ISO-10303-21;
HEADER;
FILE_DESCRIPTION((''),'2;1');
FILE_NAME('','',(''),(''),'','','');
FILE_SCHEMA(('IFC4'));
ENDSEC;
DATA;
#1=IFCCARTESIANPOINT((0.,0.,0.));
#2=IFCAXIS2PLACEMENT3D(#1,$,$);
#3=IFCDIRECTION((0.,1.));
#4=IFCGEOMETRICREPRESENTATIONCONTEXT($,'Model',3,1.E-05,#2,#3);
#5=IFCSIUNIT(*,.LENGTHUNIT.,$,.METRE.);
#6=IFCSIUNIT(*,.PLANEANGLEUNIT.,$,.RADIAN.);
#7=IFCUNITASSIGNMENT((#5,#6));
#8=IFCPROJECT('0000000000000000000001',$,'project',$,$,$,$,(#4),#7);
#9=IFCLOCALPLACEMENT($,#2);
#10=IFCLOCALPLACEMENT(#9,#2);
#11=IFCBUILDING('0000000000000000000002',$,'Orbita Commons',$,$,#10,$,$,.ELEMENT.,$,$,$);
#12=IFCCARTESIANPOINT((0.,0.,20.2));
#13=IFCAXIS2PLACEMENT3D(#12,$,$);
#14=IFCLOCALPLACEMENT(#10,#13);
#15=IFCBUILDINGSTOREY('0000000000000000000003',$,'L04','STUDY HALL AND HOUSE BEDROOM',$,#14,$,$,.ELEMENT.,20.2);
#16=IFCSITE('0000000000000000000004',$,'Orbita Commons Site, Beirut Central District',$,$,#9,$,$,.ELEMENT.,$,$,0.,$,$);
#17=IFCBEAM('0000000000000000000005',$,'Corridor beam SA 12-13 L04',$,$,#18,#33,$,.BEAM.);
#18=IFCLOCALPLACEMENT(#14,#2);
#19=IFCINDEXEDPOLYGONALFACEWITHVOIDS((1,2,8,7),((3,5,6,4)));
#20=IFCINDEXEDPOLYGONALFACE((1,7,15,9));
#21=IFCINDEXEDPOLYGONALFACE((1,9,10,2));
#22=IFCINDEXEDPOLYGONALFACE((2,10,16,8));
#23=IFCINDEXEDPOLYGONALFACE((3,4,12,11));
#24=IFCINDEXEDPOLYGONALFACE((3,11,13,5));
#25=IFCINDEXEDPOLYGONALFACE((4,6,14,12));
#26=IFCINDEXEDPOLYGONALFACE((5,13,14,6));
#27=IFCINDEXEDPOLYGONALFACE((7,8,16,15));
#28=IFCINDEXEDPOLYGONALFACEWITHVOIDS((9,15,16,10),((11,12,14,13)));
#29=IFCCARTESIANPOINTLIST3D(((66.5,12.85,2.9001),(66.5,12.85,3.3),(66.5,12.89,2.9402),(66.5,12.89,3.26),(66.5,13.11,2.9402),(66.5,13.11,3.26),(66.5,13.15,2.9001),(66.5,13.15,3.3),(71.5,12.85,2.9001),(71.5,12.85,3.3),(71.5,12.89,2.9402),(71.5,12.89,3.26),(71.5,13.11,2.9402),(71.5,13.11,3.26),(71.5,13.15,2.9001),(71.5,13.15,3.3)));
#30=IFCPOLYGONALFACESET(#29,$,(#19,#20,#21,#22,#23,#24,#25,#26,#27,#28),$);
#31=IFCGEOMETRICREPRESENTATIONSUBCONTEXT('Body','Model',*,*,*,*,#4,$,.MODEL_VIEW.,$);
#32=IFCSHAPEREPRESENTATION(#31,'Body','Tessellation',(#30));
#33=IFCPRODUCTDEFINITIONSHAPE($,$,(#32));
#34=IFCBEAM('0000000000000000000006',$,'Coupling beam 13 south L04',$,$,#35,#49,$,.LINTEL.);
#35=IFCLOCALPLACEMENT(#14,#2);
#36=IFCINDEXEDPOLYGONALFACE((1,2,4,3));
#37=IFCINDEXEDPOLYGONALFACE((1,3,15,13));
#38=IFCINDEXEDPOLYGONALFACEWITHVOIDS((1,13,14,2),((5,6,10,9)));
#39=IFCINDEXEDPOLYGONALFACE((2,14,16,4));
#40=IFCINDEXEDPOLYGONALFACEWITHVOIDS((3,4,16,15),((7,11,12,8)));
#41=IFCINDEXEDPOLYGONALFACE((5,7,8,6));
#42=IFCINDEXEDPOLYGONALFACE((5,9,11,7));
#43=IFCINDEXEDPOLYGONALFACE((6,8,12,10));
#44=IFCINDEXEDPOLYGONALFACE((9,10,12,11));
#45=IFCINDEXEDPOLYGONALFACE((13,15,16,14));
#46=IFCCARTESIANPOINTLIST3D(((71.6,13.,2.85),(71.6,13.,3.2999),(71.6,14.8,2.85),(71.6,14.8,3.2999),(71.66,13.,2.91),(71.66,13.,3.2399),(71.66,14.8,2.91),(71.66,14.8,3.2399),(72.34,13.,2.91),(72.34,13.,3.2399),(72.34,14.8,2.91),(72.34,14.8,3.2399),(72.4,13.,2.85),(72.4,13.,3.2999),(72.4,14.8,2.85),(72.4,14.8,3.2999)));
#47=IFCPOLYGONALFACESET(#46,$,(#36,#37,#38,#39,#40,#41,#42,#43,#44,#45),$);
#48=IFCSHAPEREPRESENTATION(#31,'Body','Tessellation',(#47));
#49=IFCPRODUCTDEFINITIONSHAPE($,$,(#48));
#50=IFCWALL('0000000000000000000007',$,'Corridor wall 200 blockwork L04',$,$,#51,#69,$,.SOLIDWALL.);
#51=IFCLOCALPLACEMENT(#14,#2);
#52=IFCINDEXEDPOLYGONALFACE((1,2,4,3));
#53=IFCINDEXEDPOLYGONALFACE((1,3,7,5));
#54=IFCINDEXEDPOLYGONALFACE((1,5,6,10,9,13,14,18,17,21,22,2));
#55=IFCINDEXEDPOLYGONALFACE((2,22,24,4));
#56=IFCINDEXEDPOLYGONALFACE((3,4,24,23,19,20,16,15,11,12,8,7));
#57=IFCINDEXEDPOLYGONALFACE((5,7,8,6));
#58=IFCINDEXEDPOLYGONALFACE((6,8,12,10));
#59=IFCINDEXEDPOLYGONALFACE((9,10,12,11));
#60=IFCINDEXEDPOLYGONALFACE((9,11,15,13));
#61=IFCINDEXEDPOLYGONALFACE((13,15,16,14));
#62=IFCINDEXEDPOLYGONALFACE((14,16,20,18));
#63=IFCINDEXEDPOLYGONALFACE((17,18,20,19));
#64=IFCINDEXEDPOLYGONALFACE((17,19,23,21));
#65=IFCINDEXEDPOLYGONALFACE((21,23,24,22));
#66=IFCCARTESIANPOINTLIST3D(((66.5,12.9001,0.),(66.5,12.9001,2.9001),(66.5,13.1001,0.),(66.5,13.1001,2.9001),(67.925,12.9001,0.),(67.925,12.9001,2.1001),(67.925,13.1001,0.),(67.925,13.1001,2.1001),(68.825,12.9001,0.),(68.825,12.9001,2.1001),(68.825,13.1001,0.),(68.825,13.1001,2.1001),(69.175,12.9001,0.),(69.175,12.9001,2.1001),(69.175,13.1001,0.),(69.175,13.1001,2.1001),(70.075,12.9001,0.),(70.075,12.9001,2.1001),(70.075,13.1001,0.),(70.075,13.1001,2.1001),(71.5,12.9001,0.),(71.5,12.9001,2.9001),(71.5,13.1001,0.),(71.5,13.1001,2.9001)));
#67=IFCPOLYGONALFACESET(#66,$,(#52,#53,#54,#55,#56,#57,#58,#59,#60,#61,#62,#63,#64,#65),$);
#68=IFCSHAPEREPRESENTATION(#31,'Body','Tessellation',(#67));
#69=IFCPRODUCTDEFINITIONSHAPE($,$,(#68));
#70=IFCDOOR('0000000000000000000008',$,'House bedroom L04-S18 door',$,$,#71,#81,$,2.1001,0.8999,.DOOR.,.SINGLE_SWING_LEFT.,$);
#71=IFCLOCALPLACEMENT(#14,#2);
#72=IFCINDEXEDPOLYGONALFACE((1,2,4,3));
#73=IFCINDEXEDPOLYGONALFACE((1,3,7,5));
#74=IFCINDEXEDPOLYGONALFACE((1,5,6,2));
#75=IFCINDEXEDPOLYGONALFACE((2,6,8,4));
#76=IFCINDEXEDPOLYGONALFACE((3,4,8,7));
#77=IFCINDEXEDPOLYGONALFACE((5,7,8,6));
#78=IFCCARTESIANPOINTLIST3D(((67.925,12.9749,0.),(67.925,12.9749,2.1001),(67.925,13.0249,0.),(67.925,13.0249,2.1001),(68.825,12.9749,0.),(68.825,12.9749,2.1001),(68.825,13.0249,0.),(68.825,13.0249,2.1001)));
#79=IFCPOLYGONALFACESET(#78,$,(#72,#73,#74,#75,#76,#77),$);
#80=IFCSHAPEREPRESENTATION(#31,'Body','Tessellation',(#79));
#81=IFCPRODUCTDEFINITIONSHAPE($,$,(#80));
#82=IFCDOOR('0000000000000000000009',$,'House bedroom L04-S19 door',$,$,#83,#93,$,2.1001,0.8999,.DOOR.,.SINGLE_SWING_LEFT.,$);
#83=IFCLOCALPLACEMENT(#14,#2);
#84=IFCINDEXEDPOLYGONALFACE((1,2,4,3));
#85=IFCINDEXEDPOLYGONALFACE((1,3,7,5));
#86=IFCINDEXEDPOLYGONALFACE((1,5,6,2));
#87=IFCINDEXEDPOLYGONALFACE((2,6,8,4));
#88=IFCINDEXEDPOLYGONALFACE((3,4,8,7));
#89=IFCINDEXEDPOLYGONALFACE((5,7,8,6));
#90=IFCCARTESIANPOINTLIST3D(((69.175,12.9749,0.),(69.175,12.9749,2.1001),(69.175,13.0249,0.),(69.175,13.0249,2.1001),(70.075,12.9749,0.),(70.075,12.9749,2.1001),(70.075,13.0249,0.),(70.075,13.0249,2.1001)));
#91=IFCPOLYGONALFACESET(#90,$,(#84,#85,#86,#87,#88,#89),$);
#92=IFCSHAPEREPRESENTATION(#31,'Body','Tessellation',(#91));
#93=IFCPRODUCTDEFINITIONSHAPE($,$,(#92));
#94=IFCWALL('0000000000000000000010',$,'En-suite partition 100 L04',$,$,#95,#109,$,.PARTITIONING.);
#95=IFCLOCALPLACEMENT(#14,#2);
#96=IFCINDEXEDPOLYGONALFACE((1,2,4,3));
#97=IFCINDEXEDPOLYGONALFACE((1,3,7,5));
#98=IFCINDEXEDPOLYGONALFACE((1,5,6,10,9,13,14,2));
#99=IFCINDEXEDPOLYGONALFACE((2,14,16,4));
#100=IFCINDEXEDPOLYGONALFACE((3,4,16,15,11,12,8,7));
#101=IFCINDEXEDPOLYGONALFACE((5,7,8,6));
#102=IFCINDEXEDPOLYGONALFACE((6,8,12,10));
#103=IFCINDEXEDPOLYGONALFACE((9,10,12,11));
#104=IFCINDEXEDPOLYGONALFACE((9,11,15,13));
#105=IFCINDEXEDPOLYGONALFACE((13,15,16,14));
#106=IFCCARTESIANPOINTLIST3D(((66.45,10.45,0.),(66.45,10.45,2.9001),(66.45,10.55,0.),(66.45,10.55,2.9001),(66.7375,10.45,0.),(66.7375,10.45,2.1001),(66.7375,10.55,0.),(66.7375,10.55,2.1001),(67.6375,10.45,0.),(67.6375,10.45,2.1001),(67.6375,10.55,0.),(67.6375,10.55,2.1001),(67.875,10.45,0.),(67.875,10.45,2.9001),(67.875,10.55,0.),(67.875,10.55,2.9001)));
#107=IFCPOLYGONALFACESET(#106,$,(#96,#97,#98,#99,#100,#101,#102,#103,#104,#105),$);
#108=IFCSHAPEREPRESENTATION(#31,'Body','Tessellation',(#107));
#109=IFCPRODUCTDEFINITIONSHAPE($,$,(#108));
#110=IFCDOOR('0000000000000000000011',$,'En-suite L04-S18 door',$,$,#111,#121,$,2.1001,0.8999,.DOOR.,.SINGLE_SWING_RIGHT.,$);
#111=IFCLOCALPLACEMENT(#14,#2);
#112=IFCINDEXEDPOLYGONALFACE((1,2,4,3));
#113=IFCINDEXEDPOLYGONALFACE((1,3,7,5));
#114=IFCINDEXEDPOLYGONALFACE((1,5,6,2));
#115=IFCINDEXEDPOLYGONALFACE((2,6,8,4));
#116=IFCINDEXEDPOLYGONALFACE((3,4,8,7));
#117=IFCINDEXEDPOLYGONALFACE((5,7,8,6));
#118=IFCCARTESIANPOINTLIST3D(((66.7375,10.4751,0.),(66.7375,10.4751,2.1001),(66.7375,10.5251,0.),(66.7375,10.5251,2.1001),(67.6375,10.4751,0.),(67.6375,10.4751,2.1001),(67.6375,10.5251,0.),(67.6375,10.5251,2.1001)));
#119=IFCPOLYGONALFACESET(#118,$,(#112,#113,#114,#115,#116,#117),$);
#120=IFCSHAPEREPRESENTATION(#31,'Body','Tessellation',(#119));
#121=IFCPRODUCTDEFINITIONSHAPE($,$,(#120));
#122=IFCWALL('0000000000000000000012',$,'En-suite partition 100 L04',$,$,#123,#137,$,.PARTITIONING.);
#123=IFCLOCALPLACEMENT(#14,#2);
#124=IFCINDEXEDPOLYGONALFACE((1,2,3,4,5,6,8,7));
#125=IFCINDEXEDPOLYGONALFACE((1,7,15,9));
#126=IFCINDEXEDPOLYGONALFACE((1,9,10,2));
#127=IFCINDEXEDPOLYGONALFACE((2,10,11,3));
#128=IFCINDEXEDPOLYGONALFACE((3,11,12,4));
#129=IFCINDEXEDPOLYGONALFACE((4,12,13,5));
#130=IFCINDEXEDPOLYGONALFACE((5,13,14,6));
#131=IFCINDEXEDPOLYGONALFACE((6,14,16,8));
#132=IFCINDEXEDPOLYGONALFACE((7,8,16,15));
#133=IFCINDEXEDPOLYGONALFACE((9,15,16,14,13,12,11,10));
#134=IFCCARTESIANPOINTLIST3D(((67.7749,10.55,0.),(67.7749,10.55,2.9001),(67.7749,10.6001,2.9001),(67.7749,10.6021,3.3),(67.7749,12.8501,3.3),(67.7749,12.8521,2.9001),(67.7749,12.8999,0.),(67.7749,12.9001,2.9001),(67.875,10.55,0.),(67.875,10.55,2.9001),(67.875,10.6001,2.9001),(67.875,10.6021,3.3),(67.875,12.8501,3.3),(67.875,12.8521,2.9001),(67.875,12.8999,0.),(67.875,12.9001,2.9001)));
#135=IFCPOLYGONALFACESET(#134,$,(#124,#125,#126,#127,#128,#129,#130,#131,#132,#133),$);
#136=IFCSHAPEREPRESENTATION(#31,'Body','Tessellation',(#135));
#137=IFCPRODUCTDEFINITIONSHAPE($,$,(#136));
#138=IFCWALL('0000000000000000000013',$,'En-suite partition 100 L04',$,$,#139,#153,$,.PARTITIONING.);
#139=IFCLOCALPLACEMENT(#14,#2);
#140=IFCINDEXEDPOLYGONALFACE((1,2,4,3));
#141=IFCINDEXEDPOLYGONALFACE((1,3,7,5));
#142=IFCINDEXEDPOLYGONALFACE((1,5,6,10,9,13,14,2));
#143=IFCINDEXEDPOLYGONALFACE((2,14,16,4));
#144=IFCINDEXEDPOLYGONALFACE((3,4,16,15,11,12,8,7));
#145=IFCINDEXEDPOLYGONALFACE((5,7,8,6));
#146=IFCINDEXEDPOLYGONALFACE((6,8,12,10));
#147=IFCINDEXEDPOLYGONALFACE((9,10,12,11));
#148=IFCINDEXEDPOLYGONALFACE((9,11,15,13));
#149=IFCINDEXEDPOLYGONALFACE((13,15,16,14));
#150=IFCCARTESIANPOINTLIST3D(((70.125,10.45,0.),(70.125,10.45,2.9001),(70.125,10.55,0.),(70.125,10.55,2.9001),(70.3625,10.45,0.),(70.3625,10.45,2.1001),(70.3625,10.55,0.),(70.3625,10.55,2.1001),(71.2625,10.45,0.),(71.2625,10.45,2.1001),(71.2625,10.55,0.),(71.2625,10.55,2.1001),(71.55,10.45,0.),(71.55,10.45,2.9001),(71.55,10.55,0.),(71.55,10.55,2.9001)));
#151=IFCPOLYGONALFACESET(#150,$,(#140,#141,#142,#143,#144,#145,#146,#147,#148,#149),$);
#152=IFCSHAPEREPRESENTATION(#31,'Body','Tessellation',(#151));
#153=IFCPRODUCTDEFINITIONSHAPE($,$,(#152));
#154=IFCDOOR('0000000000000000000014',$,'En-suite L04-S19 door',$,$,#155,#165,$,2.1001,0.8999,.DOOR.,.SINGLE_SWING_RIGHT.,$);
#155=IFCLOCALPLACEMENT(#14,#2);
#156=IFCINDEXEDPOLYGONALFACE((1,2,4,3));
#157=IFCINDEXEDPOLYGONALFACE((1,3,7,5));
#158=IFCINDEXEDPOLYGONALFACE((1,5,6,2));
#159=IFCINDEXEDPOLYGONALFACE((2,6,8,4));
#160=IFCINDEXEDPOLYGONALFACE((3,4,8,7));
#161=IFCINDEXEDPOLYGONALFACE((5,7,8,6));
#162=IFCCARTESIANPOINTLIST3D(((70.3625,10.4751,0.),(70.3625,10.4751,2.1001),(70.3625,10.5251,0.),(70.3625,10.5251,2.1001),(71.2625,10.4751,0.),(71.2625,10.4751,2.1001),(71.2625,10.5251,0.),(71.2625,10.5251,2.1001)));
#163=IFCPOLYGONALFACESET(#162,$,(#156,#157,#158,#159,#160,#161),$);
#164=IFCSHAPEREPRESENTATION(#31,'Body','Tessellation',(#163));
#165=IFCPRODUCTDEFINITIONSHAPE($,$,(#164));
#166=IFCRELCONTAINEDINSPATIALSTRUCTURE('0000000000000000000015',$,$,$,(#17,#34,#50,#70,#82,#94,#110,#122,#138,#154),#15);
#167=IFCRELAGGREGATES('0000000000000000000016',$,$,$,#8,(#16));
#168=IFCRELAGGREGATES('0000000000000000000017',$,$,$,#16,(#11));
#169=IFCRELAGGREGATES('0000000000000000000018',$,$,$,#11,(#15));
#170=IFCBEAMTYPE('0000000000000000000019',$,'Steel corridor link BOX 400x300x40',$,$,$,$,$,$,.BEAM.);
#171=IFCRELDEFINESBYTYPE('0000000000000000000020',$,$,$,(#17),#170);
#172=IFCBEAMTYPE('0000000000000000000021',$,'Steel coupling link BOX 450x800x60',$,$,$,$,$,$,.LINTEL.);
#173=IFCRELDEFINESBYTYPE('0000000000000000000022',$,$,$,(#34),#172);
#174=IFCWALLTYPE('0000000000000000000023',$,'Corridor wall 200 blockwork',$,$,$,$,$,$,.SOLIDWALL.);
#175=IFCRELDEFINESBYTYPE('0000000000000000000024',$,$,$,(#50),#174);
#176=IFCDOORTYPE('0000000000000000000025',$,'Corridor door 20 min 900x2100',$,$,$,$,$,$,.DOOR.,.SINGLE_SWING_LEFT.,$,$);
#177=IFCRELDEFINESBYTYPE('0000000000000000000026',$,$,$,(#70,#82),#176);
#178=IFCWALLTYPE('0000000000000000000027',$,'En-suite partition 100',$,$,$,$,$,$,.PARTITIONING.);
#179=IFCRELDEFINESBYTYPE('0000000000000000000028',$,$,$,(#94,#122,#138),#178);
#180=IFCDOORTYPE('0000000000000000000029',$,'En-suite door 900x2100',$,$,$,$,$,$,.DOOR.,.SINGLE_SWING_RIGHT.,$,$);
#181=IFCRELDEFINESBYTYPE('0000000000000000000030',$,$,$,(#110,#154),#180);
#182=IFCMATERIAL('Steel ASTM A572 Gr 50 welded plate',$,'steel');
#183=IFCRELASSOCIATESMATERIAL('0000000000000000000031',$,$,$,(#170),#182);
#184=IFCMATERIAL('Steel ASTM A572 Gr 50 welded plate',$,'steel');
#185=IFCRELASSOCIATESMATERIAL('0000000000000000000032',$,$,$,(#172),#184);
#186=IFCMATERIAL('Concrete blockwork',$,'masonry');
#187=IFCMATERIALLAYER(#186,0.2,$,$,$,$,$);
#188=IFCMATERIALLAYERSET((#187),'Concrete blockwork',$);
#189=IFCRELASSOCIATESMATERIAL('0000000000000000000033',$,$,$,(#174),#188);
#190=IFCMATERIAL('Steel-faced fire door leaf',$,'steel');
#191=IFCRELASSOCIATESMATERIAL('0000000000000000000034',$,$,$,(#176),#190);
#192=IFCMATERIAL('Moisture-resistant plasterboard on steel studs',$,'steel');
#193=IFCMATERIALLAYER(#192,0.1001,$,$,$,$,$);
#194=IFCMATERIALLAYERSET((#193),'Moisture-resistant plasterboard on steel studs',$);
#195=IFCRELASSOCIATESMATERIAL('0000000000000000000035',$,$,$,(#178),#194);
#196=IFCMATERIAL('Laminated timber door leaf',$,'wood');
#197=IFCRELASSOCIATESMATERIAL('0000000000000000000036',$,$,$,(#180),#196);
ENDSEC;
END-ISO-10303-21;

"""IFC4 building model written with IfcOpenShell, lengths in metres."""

from ifc_helpers import new_model, si_unit, direction, frame, frame_2d, origin, origin_2d, place, context, subcontext, project, spatial, polyline, rectangle, hollow_rectangle, outline, extrude, material, layer, layer_set, material_profile, profile_set, type_object, element, fill, save


model = new_model("IFC4")

# Units and contexts
model_context = context("Model", 3, precision=1e-05, world=origin(), true_north=direction((0.0, 1.0)))
body_context = subcontext(model_context, "Body", "Model", "MODEL_VIEW")
ifc_project = project(units=[si_unit("LENGTHUNIT", "METRE"), si_unit("PLANEANGLEUNIT", "RADIAN")], contexts=[model_context])

# Site, building, storey
site_placement = place(None, origin())
site = spatial("IfcSite", under=ifc_project, at=site_placement, Name="Orbita Commons Site, Beirut Central District", CompositionType="ELEMENT", RefElevation=0.0)
building_placement = place(site_placement, origin())
building = spatial("IfcBuilding", under=site, at=building_placement, Name="Orbita Commons", CompositionType="ELEMENT")
storey_placement = place(building_placement, frame((0.0, 0.0, 20.2)))
storey = spatial("IfcBuildingStorey", under=building, at=storey_placement, Name="L04", Description="STUDY HALL AND HOUSE BEDROOM", CompositionType="ELEMENT", Elevation=20.2)

# Beams
ifc_material_1 = material(Name="Steel ASTM A572 Gr 50 welded plate", Category="steel")
ifc_material_profile_1 = material_profile(ifc_material_1, hollow_rectangle(XDim=0.3, YDim=0.3999, WallThickness=0.04, at=origin_2d()), Name="BOX 400x300x40")
ifc_profile_set_1 = profile_set([ifc_material_profile_1], Name="Steel ASTM A572 Gr 50 welded plate")
beam_type_1 = type_object("IfcBeamType", Name="Steel corridor link BOX 400x300x40", PredefinedType="BEAM", material=ifc_profile_set_1)
beam_1_placement = place(storey_placement, frame((66.5, 13.0, 3.1001), z_axis=(1.0, 0.0, 0.0), x_axis=(0.0, 1.0, 0.0)))
element("IfcBeam", 1, at=beam_1_placement, inside=storey, type_object=beam_type_1, Name="Corridor beam SA 12-13 L04", PredefinedType="BEAM", context=body_context, shape_type="SweptSolid", body=[
    extrude(hollow_rectangle(XDim=0.3, YDim=0.3999, WallThickness=0.04, at=origin_2d()), origin(), (0.0, 0.0, 1.0), 5.0),
])
ifc_material_2 = material(Name="Steel ASTM A572 Gr 50 welded plate", Category="steel")
ifc_material_profile_2 = material_profile(ifc_material_2, hollow_rectangle(XDim=0.8, YDim=0.45, WallThickness=0.0601, at=origin_2d()), Name="BOX 450x800x60")
ifc_profile_set_2 = profile_set([ifc_material_profile_2], Name="Steel ASTM A572 Gr 50 welded plate")
beam_type_2 = type_object("IfcBeamType", Name="Steel coupling link BOX 450x800x60", PredefinedType="LINTEL", material=ifc_profile_set_2)
beam_2_placement = place(storey_placement, frame((72.0, 13.0, 3.075), z_axis=(0.0, 1.0, 0.0), x_axis=(-1.0, 0.0, 0.0)))
element("IfcBeam", 2, at=beam_2_placement, inside=storey, type_object=beam_type_2, Name="Coupling beam 13 south L04", PredefinedType="LINTEL", context=body_context, shape_type="SweptSolid", body=[
    extrude(hollow_rectangle(XDim=0.8, YDim=0.45, WallThickness=0.0601, at=origin_2d()), origin(), (0.0, 0.0, 1.0), 1.8),
])

# Wall, openings, doors
ifc_material_3 = material(Name="Concrete blockwork", Category="masonry")
ifc_layer_1 = layer(ifc_material_3, 0.2)
ifc_layer_set_1 = layer_set([ifc_layer_1], Name="Concrete blockwork")
wall_type_1 = type_object("IfcWallType", Name="Corridor wall 200 blockwork", PredefinedType="SOLIDWALL", material=ifc_layer_set_1)
wall_1_placement = place(storey_placement, frame((66.5, 13.0, 0.0), z_axis=(0.0, 0.0, 1.0), x_axis=(1.0, 0.0, 0.0)))
wall_1 = element("IfcWall", 3, at=wall_1_placement, inside=storey, type_object=wall_type_1, Name="Corridor wall 200 blockwork L04", PredefinedType="SOLIDWALL", context=body_context, shape_type="SweptSolid", body=[
    extrude(outline(polyline([(0.0, 0.0), (5.0, 0.0), (5.0, 2.9001), (0.0, 2.9001), (0.0, 0.0)])), frame((0.0, 0.1001, 0.0), z_axis=(0.0, -1.0, 0.0), x_axis=(1.0, 0.0, 0.0)), (0.0, 0.0, 1.0), 0.2),
])
opening_1_placement = place(wall_1_placement, frame((1.425, 0.0, 0.0)))
opening_1 = element("IfcOpeningElement", 4, at=opening_1_placement, cuts=wall_1, PredefinedType="OPENING", context=body_context, shape_type="SweptSolid", body=[
    extrude(rectangle(XDim=0.8999, YDim=2.1001, at=frame_2d((0.45, 1.05))), frame((0.0, 0.1099, 0.0), z_axis=(0.0, -1.0, 0.0), x_axis=(1.0, 0.0, 0.0)), (0.0, 0.0, 1.0), 0.22),
])
opening_2_placement = place(wall_1_placement, frame((2.675, 0.0, 0.0)))
opening_2 = element("IfcOpeningElement", 5, at=opening_2_placement, cuts=wall_1, PredefinedType="OPENING", context=body_context, shape_type="SweptSolid", body=[
    extrude(rectangle(XDim=0.8999, YDim=2.1001, at=frame_2d((0.45, 1.05))), frame((0.0, 0.1099, 0.0), z_axis=(0.0, -1.0, 0.0), x_axis=(1.0, 0.0, 0.0)), (0.0, 0.0, 1.0), 0.22),
])
ifc_material_4 = material(Name="Steel-faced fire door leaf", Category="steel")
door_type_1 = type_object("IfcDoorType", Name="Corridor door 20 min 900x2100", OperationType="SINGLE_SWING_LEFT", PredefinedType="DOOR", material=ifc_material_4)
door_1_placement = place(opening_1_placement, origin())
door_1 = element("IfcDoor", 6, at=door_1_placement, inside=storey, type_object=door_type_1, Name="House bedroom L04-S18 door", OperationType="SINGLE_SWING_LEFT", OverallHeight=2.1001, OverallWidth=0.8999, PredefinedType="DOOR", context=body_context, shape_type="SweptSolid", body=[
    extrude(rectangle(XDim=0.8999, YDim=2.1001, at=frame_2d((0.45, 1.05))), frame((0.0, 0.0249, 0.0), z_axis=(0.0, -1.0, 0.0), x_axis=(1.0, 0.0, 0.0)), (0.0, 0.0, 1.0), 0.05),
])
fill(opening_1, door_1)
door_2_placement = place(opening_2_placement, origin())
door_2 = element("IfcDoor", 7, at=door_2_placement, inside=storey, type_object=door_type_1, Name="House bedroom L04-S19 door", OperationType="SINGLE_SWING_LEFT", OverallHeight=2.1001, OverallWidth=0.8999, PredefinedType="DOOR", context=body_context, shape_type="SweptSolid", body=[
    extrude(rectangle(XDim=0.8999, YDim=2.1001, at=frame_2d((0.45, 1.05))), frame((0.0, 0.0249, 0.0), z_axis=(0.0, -1.0, 0.0), x_axis=(1.0, 0.0, 0.0)), (0.0, 0.0, 1.0), 0.05),
])
fill(opening_2, door_2)

# Wall, opening, door
ifc_material_5 = material(Name="Moisture-resistant plasterboard on steel studs", Category="steel")
ifc_layer_2 = layer(ifc_material_5, 0.1001)
ifc_layer_set_2 = layer_set([ifc_layer_2], Name="Moisture-resistant plasterboard on steel studs")
wall_type_2 = type_object("IfcWallType", Name="En-suite partition 100", PredefinedType="PARTITIONING", material=ifc_layer_set_2)
wall_2_placement = place(storey_placement, frame((67.875, 10.5, 0.0), z_axis=(0.0, 0.0, 1.0), x_axis=(-1.0, 0.0, 0.0)))
wall_2 = element("IfcWall", 8, at=wall_2_placement, inside=storey, type_object=wall_type_2, Name="En-suite partition 100 L04", PredefinedType="PARTITIONING", context=body_context, shape_type="SweptSolid", body=[
    extrude(outline(polyline([(0.0, 0.0), (1.425, 0.0), (1.425, 2.9001), (0.0, 2.9001), (0.0, 0.0)])), frame((0.0, 0.05, 0.0), z_axis=(0.0, -1.0, 0.0), x_axis=(1.0, 0.0, 0.0)), (0.0, 0.0, 1.0), 0.1001),
])
opening_3_placement = place(wall_2_placement, frame((0.2375, 0.0, 0.0)))
opening_3 = element("IfcOpeningElement", 9, at=opening_3_placement, cuts=wall_2, PredefinedType="OPENING", context=body_context, shape_type="SweptSolid", body=[
    extrude(rectangle(XDim=0.8999, YDim=2.1001, at=frame_2d((0.45, 1.05))), frame((0.0, 0.0601, 0.0), z_axis=(0.0, -1.0, 0.0), x_axis=(1.0, 0.0, 0.0)), (0.0, 0.0, 1.0), 0.1201),
])
ifc_material_6 = material(Name="Laminated timber door leaf", Category="wood")
door_type_2 = type_object("IfcDoorType", Name="En-suite door 900x2100", OperationType="SINGLE_SWING_RIGHT", PredefinedType="DOOR", material=ifc_material_6)
door_3_placement = place(opening_3_placement, origin())
door_3 = element("IfcDoor", 10, at=door_3_placement, inside=storey, type_object=door_type_2, Name="En-suite L04-S18 door", OperationType="SINGLE_SWING_RIGHT", OverallHeight=2.1001, OverallWidth=0.8999, PredefinedType="DOOR", context=body_context, shape_type="SweptSolid", body=[
    extrude(rectangle(XDim=0.8999, YDim=2.1001, at=frame_2d((0.45, 1.05))), frame((0.0, 0.0249, 0.0), z_axis=(0.0, -1.0, 0.0), x_axis=(1.0, 0.0, 0.0)), (0.0, 0.0, 1.0), 0.05),
])
fill(opening_3, door_3)

# Wall
wall_3_placement = place(storey_placement, frame((67.825, 10.55, 0.0), z_axis=(0.0, 0.0, 1.0), x_axis=(0.0, 1.0, 0.0)))
element("IfcWall", 11, at=wall_3_placement, inside=storey, type_object=wall_type_2, Name="En-suite partition 100 L04", PredefinedType="PARTITIONING", context=body_context, shape_type="SweptSolid", body=[
    extrude(outline(polyline([(0.0, 0.0), (2.3499, 0.0), (2.3501, 2.9001), (2.302, 2.9001), (2.3, 3.3), (0.052, 3.3), (0.05, 2.9001), (0.0, 2.9001), (0.0, 0.0)])), frame((0.0, 0.05, 0.0), z_axis=(0.0, -1.0, 0.0), x_axis=(1.0, 0.0, 0.0)), (0.0, 0.0, 1.0), 0.1001),
])

# Wall, opening, door
wall_4_placement = place(storey_placement, frame((71.55, 10.5, 0.0), z_axis=(0.0, 0.0, 1.0), x_axis=(-1.0, 0.0, 0.0)))
wall_4 = element("IfcWall", 12, at=wall_4_placement, inside=storey, type_object=wall_type_2, Name="En-suite partition 100 L04", PredefinedType="PARTITIONING", context=body_context, shape_type="SweptSolid", body=[
    extrude(outline(polyline([(0.0, 0.0), (1.425, 0.0), (1.425, 2.9001), (0.0, 2.9001), (0.0, 0.0)])), frame((0.0, 0.05, 0.0), z_axis=(0.0, -1.0, 0.0), x_axis=(1.0, 0.0, 0.0)), (0.0, 0.0, 1.0), 0.1001),
])
opening_4_placement = place(wall_4_placement, frame((0.2876, 0.0, 0.0)))
opening_4 = element("IfcOpeningElement", 13, at=opening_4_placement, cuts=wall_4, PredefinedType="OPENING", context=body_context, shape_type="SweptSolid", body=[
    extrude(rectangle(XDim=0.8999, YDim=2.1001, at=frame_2d((0.45, 1.05))), frame((0.0, 0.0601, 0.0), z_axis=(0.0, -1.0, 0.0), x_axis=(1.0, 0.0, 0.0)), (0.0, 0.0, 1.0), 0.1201),
])
door_4_placement = place(opening_4_placement, origin())
door_4 = element("IfcDoor", 14, at=door_4_placement, inside=storey, type_object=door_type_2, Name="En-suite L04-S19 door", OperationType="SINGLE_SWING_RIGHT", OverallHeight=2.1001, OverallWidth=0.8999, PredefinedType="DOOR", context=body_context, shape_type="SweptSolid", body=[
    extrude(rectangle(XDim=0.8999, YDim=2.1001, at=frame_2d((0.45, 1.05))), frame((0.0, 0.0249, 0.0), z_axis=(0.0, -1.0, 0.0), x_axis=(1.0, 0.0, 0.0)), (0.0, 0.0, 1.0), 0.05),
])
fill(opening_4, door_4)

save(model, "model.ifc")
